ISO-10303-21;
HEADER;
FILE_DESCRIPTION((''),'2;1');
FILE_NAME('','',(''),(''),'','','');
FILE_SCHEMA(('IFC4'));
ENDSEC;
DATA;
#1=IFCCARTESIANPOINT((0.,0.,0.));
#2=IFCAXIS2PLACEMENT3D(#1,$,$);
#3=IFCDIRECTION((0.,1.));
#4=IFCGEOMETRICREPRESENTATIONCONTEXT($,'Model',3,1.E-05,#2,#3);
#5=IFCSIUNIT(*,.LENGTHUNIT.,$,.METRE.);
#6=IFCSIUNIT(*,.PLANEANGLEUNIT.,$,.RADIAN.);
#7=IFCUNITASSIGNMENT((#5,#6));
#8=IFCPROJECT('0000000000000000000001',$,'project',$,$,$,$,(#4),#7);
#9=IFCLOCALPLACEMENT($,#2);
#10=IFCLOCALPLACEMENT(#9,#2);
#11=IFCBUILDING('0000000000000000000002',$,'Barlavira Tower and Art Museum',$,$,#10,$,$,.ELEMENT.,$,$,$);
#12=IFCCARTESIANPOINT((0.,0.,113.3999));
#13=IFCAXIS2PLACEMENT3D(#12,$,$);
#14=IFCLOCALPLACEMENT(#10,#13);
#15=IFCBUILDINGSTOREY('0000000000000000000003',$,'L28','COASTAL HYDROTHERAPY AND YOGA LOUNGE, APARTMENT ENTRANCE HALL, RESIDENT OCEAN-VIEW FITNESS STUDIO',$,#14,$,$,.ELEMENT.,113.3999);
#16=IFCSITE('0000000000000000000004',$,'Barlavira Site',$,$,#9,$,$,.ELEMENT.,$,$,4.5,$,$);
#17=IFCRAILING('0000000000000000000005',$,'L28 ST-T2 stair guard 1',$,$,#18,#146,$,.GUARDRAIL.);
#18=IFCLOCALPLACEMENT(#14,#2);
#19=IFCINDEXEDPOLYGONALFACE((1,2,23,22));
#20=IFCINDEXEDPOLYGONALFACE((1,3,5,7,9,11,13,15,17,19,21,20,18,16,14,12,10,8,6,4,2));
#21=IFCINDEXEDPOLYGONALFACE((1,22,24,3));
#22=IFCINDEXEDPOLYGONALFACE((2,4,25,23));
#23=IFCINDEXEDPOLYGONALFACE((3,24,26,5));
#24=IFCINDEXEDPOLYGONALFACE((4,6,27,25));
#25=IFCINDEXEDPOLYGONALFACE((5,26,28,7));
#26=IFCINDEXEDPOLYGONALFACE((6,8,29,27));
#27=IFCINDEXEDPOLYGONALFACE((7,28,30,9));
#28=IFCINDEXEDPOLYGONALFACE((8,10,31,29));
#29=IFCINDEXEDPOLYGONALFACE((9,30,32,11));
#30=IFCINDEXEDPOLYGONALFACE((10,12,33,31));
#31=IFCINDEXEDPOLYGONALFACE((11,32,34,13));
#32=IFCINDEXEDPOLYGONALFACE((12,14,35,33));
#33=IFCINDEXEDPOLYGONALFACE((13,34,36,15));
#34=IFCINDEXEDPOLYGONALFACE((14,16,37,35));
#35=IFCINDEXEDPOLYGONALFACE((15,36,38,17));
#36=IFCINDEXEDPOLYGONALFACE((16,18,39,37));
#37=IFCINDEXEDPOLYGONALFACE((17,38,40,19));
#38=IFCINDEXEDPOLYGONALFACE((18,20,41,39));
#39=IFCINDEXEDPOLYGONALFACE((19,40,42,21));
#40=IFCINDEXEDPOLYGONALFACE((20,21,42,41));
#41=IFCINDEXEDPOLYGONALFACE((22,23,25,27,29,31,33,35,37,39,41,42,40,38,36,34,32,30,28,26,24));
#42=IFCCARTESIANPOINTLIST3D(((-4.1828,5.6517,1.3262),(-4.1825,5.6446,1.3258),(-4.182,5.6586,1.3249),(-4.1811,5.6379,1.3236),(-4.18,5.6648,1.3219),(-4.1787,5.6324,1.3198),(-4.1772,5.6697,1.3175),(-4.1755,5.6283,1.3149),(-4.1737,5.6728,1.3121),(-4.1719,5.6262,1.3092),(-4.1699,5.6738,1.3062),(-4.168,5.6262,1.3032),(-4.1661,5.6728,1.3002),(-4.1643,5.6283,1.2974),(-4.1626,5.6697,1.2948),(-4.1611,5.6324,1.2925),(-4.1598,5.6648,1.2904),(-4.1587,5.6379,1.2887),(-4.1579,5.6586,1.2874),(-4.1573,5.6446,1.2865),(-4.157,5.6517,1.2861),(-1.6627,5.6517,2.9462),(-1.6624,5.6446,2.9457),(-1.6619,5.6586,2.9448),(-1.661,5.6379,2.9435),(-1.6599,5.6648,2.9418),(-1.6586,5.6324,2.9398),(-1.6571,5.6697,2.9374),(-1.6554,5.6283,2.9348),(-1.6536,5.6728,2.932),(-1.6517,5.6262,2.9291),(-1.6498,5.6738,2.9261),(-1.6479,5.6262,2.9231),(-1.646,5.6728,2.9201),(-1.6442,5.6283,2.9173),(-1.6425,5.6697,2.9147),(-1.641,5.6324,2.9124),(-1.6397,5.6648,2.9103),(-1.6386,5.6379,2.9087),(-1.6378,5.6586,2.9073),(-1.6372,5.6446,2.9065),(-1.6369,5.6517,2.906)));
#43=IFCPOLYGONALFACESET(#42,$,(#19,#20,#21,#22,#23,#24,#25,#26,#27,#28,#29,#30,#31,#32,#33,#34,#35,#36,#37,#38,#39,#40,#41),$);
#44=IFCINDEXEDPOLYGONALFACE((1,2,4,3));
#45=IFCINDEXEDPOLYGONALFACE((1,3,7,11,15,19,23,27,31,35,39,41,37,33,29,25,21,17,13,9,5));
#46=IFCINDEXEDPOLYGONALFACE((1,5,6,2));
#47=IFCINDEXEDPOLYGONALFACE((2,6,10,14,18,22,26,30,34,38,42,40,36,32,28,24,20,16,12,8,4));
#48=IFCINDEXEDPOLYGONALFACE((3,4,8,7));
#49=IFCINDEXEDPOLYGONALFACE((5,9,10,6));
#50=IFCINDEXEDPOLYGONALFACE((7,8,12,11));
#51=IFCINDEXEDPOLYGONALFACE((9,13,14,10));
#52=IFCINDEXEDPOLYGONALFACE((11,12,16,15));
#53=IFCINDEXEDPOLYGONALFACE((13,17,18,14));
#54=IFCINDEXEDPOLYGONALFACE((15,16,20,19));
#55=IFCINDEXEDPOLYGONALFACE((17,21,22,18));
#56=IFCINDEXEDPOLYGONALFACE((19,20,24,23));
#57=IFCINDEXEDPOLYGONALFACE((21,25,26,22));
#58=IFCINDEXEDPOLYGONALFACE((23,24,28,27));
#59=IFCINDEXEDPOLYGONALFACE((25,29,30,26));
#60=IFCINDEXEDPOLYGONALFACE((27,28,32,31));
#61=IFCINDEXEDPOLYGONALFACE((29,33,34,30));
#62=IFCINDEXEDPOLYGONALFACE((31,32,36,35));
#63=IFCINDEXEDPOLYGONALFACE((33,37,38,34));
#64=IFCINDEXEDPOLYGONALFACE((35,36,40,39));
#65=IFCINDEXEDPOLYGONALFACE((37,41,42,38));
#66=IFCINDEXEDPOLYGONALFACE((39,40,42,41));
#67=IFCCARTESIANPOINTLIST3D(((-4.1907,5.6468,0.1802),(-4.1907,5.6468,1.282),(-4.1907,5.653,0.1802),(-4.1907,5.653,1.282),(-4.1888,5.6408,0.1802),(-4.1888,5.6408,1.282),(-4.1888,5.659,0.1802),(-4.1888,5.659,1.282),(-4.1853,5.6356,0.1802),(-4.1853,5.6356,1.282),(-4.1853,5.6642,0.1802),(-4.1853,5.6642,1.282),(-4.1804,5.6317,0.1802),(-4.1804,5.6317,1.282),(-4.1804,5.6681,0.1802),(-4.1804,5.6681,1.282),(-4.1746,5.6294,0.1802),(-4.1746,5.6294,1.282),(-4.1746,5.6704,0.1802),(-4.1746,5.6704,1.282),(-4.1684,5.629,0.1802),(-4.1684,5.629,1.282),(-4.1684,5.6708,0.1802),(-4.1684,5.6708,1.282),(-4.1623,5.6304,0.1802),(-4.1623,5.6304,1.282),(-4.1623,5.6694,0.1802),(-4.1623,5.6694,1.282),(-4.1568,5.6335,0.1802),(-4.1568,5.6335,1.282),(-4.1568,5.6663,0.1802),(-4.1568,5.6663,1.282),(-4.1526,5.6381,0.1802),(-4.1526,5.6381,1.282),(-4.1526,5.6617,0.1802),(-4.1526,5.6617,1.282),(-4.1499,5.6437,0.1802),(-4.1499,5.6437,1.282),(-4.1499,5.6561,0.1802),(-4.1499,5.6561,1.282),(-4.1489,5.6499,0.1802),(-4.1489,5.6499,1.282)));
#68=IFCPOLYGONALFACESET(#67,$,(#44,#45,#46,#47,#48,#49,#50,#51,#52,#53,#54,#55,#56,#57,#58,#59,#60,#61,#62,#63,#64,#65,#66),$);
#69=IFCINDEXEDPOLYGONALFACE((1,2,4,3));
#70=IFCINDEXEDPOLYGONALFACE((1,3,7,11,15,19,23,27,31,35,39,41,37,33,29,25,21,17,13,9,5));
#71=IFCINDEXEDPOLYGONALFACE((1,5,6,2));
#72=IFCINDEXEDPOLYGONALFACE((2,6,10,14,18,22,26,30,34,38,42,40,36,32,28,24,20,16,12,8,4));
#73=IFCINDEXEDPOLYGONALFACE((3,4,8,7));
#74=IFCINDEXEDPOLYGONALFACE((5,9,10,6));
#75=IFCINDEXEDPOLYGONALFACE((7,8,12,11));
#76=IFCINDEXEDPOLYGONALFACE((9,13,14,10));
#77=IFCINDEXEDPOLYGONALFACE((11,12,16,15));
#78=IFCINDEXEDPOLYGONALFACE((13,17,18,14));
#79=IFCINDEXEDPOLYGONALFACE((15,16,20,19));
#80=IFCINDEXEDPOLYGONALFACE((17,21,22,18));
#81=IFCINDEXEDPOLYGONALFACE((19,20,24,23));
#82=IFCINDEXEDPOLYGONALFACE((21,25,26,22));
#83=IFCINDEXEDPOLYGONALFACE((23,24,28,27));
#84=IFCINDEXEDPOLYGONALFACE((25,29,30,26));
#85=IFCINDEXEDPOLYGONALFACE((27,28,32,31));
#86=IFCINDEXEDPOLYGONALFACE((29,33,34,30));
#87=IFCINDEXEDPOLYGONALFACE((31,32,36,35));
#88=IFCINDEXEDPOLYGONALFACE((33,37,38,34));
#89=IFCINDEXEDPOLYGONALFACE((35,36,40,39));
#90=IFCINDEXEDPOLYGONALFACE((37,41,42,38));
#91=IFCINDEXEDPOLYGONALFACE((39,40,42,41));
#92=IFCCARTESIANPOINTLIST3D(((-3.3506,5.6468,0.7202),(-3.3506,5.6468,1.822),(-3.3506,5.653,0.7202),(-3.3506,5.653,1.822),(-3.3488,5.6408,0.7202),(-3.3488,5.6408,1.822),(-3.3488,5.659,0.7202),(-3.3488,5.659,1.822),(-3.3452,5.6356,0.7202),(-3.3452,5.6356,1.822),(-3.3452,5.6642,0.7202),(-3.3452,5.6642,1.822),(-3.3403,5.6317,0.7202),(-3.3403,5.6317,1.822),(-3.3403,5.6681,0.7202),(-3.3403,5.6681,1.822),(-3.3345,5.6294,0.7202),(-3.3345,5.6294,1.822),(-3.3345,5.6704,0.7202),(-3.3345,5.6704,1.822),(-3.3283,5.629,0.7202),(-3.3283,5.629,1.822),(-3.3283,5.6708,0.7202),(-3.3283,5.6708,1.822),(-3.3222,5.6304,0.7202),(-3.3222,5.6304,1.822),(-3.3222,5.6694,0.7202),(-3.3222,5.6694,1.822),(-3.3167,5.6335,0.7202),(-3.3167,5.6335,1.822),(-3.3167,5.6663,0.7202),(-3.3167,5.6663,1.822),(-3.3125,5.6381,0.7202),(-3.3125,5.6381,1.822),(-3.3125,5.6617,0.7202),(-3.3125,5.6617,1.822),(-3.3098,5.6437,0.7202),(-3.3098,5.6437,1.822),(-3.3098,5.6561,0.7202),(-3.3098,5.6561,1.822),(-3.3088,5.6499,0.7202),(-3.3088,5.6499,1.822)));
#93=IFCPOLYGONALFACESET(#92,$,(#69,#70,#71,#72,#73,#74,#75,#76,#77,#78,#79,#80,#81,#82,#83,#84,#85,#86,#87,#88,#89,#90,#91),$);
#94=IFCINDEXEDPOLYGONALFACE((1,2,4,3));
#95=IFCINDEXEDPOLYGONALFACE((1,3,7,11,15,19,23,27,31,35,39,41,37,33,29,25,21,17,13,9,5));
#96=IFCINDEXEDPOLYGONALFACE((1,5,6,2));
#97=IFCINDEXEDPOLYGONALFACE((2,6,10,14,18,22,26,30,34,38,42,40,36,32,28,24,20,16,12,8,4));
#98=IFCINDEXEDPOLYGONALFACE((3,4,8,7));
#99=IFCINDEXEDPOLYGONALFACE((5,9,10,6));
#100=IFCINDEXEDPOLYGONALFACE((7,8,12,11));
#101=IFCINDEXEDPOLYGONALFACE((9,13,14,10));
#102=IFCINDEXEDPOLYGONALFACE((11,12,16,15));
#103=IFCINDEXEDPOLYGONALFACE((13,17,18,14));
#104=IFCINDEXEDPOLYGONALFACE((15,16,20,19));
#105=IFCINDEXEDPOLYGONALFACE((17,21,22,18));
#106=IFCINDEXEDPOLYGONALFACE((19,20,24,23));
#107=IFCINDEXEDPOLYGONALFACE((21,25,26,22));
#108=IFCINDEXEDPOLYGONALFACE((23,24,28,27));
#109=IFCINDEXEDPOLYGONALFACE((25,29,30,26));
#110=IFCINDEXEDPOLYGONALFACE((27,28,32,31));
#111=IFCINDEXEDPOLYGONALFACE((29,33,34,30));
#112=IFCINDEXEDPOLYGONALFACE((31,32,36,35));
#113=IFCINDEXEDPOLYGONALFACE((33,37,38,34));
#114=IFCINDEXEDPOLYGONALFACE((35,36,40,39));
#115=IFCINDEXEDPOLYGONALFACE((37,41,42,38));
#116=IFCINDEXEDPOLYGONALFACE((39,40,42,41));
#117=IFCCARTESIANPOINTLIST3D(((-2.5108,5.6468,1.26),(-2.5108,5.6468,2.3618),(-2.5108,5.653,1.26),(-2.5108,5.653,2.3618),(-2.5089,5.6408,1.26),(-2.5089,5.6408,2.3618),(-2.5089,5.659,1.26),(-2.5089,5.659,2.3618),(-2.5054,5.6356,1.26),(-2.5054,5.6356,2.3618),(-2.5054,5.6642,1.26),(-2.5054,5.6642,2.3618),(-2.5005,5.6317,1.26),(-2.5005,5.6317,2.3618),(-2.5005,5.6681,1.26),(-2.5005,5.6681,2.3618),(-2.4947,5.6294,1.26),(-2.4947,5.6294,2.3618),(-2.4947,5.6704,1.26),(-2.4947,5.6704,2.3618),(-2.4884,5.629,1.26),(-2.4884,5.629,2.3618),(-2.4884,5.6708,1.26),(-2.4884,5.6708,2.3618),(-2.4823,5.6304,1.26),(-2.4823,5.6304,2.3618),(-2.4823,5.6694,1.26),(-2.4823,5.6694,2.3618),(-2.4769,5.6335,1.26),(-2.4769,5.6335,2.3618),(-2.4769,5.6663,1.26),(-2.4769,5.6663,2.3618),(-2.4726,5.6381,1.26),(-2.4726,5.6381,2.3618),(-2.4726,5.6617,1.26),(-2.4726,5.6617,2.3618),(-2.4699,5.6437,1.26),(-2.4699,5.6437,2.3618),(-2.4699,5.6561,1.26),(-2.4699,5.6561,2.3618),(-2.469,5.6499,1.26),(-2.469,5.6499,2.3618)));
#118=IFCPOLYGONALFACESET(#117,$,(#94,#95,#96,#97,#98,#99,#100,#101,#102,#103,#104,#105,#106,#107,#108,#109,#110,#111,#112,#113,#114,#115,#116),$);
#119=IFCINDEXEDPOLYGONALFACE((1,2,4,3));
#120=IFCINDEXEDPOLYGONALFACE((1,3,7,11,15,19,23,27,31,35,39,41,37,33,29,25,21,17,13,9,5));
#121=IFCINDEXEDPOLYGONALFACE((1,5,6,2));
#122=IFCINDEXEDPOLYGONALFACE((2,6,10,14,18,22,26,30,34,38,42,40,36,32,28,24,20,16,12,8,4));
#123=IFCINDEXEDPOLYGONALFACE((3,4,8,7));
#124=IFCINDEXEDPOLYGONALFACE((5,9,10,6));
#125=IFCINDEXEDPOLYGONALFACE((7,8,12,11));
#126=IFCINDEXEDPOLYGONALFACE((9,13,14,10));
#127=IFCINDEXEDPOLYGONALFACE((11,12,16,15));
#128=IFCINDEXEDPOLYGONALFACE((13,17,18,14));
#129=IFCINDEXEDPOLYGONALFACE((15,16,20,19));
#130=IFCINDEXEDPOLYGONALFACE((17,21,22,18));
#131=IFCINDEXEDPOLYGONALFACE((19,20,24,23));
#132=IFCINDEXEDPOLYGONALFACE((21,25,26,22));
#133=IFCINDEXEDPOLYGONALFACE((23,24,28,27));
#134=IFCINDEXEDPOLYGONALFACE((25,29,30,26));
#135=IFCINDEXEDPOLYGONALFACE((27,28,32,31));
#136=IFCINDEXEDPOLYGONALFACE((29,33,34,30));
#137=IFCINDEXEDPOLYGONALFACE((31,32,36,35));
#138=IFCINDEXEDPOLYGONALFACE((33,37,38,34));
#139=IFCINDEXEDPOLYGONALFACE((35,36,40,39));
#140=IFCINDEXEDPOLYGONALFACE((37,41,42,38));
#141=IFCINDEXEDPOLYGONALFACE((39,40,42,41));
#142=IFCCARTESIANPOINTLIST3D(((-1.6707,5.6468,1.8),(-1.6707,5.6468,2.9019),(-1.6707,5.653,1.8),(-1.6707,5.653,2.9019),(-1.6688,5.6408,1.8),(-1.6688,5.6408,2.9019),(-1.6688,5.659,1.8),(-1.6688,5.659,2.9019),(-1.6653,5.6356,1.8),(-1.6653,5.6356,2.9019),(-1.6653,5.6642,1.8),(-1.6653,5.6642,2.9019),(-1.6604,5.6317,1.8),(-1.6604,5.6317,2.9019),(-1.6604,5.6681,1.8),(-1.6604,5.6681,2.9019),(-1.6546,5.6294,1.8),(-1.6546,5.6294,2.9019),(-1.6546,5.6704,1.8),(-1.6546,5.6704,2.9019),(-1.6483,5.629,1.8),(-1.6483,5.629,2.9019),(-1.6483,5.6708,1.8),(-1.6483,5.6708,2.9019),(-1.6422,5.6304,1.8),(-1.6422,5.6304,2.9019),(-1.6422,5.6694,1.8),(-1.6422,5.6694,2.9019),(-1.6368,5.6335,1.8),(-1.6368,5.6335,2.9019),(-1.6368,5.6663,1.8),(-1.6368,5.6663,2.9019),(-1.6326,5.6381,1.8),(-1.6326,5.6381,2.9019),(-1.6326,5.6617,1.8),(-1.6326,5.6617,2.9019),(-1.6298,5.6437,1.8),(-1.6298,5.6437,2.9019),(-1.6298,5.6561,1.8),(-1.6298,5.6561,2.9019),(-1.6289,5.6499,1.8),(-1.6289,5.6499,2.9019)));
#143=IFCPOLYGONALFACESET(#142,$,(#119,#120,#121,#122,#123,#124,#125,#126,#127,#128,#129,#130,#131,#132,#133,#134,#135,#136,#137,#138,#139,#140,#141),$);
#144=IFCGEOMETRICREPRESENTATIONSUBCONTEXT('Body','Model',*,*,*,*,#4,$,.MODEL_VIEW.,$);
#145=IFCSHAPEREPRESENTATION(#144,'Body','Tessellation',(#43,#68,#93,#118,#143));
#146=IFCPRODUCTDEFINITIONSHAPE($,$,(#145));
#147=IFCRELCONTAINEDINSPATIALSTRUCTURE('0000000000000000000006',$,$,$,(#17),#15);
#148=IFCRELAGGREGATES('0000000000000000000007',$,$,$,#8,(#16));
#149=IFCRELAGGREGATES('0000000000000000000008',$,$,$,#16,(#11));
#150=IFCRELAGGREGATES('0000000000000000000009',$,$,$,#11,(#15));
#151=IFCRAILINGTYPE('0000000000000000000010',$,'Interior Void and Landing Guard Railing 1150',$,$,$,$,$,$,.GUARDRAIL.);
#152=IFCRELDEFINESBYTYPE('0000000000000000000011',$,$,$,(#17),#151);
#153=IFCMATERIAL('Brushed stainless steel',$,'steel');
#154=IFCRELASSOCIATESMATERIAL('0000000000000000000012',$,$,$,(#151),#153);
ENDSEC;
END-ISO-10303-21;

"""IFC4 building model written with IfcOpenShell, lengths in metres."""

from ifc_helpers import new_model, si_unit, direction, frame, origin, origin_2d, place, context, subcontext, project, spatial, circle, extrude, material, type_object, element, save


model = new_model("IFC4")

# Units and contexts
model_context = context("Model", 3, precision=1e-05, world=origin(), true_north=direction((0.0, 1.0)))
body_context = subcontext(model_context, "Body", "Model", "MODEL_VIEW")
ifc_project = project(units=[si_unit("LENGTHUNIT", "METRE"), si_unit("PLANEANGLEUNIT", "RADIAN")], contexts=[model_context])

# Site, building, storey
site_placement = place(None, origin())
site = spatial("IfcSite", under=ifc_project, at=site_placement, Name="Barlavira Site", CompositionType="ELEMENT", RefElevation=4.5)
building_placement = place(site_placement, origin())
building = spatial("IfcBuilding", under=site, at=building_placement, Name="Barlavira Tower and Art Museum", CompositionType="ELEMENT")
storey_placement = place(building_placement, frame((0.0, 0.0, 113.3999)))
storey = spatial("IfcBuildingStorey", under=building, at=storey_placement, Name="L28", Description="COASTAL HYDROTHERAPY AND YOGA LOUNGE, APARTMENT ENTRANCE HALL, RESIDENT OCEAN-VIEW FITNESS STUDIO", CompositionType="ELEMENT", Elevation=113.3999)

# Shared definitions
ifc_material_1 = material(Name="Brushed stainless steel", Category="steel")

# Railing
railing_type_1 = type_object("IfcRailingType", Name="Interior Void and Landing Guard Railing 1150", PredefinedType="GUARDRAIL", material=ifc_material_1)
railing_1_placement = place(storey_placement, frame((-4.1699, 5.6499, 0.1802)))
element("IfcRailing", 1, at=railing_1_placement, inside=storey, type_object=railing_type_1, Name="L28 ST-T2 stair guard 1", PredefinedType="GUARDRAIL", context=body_context, shape_type="SweptSolid", body=[
    extrude(circle(Radius=0.0239, at=origin_2d()), frame((0.0, 0.0, 1.126), z_axis=(0.8412, 0.0, 0.540725), x_axis=(0.0, 1.0, 0.0)), (0.0, 0.0, 1.0), 2.9958),
    extrude(circle(Radius=0.021, at=origin_2d()), origin(), (0.0, 0.0, 1.0), 1.1018),
    extrude(circle(Radius=0.021, at=origin_2d()), frame((0.8401, 0.0, 0.54)), (0.0, 0.0, 1.0), 1.1018),
    extrude(circle(Radius=0.021, at=origin_2d()), frame((1.6799, 0.0, 1.0798)), (0.0, 0.0, 1.0), 1.1018),
    extrude(circle(Radius=0.021, at=origin_2d()), frame((2.52, 0.0, 1.6199)), (0.0, 0.0, 1.0), 1.1018),
])

save(model, "model.ifc")
